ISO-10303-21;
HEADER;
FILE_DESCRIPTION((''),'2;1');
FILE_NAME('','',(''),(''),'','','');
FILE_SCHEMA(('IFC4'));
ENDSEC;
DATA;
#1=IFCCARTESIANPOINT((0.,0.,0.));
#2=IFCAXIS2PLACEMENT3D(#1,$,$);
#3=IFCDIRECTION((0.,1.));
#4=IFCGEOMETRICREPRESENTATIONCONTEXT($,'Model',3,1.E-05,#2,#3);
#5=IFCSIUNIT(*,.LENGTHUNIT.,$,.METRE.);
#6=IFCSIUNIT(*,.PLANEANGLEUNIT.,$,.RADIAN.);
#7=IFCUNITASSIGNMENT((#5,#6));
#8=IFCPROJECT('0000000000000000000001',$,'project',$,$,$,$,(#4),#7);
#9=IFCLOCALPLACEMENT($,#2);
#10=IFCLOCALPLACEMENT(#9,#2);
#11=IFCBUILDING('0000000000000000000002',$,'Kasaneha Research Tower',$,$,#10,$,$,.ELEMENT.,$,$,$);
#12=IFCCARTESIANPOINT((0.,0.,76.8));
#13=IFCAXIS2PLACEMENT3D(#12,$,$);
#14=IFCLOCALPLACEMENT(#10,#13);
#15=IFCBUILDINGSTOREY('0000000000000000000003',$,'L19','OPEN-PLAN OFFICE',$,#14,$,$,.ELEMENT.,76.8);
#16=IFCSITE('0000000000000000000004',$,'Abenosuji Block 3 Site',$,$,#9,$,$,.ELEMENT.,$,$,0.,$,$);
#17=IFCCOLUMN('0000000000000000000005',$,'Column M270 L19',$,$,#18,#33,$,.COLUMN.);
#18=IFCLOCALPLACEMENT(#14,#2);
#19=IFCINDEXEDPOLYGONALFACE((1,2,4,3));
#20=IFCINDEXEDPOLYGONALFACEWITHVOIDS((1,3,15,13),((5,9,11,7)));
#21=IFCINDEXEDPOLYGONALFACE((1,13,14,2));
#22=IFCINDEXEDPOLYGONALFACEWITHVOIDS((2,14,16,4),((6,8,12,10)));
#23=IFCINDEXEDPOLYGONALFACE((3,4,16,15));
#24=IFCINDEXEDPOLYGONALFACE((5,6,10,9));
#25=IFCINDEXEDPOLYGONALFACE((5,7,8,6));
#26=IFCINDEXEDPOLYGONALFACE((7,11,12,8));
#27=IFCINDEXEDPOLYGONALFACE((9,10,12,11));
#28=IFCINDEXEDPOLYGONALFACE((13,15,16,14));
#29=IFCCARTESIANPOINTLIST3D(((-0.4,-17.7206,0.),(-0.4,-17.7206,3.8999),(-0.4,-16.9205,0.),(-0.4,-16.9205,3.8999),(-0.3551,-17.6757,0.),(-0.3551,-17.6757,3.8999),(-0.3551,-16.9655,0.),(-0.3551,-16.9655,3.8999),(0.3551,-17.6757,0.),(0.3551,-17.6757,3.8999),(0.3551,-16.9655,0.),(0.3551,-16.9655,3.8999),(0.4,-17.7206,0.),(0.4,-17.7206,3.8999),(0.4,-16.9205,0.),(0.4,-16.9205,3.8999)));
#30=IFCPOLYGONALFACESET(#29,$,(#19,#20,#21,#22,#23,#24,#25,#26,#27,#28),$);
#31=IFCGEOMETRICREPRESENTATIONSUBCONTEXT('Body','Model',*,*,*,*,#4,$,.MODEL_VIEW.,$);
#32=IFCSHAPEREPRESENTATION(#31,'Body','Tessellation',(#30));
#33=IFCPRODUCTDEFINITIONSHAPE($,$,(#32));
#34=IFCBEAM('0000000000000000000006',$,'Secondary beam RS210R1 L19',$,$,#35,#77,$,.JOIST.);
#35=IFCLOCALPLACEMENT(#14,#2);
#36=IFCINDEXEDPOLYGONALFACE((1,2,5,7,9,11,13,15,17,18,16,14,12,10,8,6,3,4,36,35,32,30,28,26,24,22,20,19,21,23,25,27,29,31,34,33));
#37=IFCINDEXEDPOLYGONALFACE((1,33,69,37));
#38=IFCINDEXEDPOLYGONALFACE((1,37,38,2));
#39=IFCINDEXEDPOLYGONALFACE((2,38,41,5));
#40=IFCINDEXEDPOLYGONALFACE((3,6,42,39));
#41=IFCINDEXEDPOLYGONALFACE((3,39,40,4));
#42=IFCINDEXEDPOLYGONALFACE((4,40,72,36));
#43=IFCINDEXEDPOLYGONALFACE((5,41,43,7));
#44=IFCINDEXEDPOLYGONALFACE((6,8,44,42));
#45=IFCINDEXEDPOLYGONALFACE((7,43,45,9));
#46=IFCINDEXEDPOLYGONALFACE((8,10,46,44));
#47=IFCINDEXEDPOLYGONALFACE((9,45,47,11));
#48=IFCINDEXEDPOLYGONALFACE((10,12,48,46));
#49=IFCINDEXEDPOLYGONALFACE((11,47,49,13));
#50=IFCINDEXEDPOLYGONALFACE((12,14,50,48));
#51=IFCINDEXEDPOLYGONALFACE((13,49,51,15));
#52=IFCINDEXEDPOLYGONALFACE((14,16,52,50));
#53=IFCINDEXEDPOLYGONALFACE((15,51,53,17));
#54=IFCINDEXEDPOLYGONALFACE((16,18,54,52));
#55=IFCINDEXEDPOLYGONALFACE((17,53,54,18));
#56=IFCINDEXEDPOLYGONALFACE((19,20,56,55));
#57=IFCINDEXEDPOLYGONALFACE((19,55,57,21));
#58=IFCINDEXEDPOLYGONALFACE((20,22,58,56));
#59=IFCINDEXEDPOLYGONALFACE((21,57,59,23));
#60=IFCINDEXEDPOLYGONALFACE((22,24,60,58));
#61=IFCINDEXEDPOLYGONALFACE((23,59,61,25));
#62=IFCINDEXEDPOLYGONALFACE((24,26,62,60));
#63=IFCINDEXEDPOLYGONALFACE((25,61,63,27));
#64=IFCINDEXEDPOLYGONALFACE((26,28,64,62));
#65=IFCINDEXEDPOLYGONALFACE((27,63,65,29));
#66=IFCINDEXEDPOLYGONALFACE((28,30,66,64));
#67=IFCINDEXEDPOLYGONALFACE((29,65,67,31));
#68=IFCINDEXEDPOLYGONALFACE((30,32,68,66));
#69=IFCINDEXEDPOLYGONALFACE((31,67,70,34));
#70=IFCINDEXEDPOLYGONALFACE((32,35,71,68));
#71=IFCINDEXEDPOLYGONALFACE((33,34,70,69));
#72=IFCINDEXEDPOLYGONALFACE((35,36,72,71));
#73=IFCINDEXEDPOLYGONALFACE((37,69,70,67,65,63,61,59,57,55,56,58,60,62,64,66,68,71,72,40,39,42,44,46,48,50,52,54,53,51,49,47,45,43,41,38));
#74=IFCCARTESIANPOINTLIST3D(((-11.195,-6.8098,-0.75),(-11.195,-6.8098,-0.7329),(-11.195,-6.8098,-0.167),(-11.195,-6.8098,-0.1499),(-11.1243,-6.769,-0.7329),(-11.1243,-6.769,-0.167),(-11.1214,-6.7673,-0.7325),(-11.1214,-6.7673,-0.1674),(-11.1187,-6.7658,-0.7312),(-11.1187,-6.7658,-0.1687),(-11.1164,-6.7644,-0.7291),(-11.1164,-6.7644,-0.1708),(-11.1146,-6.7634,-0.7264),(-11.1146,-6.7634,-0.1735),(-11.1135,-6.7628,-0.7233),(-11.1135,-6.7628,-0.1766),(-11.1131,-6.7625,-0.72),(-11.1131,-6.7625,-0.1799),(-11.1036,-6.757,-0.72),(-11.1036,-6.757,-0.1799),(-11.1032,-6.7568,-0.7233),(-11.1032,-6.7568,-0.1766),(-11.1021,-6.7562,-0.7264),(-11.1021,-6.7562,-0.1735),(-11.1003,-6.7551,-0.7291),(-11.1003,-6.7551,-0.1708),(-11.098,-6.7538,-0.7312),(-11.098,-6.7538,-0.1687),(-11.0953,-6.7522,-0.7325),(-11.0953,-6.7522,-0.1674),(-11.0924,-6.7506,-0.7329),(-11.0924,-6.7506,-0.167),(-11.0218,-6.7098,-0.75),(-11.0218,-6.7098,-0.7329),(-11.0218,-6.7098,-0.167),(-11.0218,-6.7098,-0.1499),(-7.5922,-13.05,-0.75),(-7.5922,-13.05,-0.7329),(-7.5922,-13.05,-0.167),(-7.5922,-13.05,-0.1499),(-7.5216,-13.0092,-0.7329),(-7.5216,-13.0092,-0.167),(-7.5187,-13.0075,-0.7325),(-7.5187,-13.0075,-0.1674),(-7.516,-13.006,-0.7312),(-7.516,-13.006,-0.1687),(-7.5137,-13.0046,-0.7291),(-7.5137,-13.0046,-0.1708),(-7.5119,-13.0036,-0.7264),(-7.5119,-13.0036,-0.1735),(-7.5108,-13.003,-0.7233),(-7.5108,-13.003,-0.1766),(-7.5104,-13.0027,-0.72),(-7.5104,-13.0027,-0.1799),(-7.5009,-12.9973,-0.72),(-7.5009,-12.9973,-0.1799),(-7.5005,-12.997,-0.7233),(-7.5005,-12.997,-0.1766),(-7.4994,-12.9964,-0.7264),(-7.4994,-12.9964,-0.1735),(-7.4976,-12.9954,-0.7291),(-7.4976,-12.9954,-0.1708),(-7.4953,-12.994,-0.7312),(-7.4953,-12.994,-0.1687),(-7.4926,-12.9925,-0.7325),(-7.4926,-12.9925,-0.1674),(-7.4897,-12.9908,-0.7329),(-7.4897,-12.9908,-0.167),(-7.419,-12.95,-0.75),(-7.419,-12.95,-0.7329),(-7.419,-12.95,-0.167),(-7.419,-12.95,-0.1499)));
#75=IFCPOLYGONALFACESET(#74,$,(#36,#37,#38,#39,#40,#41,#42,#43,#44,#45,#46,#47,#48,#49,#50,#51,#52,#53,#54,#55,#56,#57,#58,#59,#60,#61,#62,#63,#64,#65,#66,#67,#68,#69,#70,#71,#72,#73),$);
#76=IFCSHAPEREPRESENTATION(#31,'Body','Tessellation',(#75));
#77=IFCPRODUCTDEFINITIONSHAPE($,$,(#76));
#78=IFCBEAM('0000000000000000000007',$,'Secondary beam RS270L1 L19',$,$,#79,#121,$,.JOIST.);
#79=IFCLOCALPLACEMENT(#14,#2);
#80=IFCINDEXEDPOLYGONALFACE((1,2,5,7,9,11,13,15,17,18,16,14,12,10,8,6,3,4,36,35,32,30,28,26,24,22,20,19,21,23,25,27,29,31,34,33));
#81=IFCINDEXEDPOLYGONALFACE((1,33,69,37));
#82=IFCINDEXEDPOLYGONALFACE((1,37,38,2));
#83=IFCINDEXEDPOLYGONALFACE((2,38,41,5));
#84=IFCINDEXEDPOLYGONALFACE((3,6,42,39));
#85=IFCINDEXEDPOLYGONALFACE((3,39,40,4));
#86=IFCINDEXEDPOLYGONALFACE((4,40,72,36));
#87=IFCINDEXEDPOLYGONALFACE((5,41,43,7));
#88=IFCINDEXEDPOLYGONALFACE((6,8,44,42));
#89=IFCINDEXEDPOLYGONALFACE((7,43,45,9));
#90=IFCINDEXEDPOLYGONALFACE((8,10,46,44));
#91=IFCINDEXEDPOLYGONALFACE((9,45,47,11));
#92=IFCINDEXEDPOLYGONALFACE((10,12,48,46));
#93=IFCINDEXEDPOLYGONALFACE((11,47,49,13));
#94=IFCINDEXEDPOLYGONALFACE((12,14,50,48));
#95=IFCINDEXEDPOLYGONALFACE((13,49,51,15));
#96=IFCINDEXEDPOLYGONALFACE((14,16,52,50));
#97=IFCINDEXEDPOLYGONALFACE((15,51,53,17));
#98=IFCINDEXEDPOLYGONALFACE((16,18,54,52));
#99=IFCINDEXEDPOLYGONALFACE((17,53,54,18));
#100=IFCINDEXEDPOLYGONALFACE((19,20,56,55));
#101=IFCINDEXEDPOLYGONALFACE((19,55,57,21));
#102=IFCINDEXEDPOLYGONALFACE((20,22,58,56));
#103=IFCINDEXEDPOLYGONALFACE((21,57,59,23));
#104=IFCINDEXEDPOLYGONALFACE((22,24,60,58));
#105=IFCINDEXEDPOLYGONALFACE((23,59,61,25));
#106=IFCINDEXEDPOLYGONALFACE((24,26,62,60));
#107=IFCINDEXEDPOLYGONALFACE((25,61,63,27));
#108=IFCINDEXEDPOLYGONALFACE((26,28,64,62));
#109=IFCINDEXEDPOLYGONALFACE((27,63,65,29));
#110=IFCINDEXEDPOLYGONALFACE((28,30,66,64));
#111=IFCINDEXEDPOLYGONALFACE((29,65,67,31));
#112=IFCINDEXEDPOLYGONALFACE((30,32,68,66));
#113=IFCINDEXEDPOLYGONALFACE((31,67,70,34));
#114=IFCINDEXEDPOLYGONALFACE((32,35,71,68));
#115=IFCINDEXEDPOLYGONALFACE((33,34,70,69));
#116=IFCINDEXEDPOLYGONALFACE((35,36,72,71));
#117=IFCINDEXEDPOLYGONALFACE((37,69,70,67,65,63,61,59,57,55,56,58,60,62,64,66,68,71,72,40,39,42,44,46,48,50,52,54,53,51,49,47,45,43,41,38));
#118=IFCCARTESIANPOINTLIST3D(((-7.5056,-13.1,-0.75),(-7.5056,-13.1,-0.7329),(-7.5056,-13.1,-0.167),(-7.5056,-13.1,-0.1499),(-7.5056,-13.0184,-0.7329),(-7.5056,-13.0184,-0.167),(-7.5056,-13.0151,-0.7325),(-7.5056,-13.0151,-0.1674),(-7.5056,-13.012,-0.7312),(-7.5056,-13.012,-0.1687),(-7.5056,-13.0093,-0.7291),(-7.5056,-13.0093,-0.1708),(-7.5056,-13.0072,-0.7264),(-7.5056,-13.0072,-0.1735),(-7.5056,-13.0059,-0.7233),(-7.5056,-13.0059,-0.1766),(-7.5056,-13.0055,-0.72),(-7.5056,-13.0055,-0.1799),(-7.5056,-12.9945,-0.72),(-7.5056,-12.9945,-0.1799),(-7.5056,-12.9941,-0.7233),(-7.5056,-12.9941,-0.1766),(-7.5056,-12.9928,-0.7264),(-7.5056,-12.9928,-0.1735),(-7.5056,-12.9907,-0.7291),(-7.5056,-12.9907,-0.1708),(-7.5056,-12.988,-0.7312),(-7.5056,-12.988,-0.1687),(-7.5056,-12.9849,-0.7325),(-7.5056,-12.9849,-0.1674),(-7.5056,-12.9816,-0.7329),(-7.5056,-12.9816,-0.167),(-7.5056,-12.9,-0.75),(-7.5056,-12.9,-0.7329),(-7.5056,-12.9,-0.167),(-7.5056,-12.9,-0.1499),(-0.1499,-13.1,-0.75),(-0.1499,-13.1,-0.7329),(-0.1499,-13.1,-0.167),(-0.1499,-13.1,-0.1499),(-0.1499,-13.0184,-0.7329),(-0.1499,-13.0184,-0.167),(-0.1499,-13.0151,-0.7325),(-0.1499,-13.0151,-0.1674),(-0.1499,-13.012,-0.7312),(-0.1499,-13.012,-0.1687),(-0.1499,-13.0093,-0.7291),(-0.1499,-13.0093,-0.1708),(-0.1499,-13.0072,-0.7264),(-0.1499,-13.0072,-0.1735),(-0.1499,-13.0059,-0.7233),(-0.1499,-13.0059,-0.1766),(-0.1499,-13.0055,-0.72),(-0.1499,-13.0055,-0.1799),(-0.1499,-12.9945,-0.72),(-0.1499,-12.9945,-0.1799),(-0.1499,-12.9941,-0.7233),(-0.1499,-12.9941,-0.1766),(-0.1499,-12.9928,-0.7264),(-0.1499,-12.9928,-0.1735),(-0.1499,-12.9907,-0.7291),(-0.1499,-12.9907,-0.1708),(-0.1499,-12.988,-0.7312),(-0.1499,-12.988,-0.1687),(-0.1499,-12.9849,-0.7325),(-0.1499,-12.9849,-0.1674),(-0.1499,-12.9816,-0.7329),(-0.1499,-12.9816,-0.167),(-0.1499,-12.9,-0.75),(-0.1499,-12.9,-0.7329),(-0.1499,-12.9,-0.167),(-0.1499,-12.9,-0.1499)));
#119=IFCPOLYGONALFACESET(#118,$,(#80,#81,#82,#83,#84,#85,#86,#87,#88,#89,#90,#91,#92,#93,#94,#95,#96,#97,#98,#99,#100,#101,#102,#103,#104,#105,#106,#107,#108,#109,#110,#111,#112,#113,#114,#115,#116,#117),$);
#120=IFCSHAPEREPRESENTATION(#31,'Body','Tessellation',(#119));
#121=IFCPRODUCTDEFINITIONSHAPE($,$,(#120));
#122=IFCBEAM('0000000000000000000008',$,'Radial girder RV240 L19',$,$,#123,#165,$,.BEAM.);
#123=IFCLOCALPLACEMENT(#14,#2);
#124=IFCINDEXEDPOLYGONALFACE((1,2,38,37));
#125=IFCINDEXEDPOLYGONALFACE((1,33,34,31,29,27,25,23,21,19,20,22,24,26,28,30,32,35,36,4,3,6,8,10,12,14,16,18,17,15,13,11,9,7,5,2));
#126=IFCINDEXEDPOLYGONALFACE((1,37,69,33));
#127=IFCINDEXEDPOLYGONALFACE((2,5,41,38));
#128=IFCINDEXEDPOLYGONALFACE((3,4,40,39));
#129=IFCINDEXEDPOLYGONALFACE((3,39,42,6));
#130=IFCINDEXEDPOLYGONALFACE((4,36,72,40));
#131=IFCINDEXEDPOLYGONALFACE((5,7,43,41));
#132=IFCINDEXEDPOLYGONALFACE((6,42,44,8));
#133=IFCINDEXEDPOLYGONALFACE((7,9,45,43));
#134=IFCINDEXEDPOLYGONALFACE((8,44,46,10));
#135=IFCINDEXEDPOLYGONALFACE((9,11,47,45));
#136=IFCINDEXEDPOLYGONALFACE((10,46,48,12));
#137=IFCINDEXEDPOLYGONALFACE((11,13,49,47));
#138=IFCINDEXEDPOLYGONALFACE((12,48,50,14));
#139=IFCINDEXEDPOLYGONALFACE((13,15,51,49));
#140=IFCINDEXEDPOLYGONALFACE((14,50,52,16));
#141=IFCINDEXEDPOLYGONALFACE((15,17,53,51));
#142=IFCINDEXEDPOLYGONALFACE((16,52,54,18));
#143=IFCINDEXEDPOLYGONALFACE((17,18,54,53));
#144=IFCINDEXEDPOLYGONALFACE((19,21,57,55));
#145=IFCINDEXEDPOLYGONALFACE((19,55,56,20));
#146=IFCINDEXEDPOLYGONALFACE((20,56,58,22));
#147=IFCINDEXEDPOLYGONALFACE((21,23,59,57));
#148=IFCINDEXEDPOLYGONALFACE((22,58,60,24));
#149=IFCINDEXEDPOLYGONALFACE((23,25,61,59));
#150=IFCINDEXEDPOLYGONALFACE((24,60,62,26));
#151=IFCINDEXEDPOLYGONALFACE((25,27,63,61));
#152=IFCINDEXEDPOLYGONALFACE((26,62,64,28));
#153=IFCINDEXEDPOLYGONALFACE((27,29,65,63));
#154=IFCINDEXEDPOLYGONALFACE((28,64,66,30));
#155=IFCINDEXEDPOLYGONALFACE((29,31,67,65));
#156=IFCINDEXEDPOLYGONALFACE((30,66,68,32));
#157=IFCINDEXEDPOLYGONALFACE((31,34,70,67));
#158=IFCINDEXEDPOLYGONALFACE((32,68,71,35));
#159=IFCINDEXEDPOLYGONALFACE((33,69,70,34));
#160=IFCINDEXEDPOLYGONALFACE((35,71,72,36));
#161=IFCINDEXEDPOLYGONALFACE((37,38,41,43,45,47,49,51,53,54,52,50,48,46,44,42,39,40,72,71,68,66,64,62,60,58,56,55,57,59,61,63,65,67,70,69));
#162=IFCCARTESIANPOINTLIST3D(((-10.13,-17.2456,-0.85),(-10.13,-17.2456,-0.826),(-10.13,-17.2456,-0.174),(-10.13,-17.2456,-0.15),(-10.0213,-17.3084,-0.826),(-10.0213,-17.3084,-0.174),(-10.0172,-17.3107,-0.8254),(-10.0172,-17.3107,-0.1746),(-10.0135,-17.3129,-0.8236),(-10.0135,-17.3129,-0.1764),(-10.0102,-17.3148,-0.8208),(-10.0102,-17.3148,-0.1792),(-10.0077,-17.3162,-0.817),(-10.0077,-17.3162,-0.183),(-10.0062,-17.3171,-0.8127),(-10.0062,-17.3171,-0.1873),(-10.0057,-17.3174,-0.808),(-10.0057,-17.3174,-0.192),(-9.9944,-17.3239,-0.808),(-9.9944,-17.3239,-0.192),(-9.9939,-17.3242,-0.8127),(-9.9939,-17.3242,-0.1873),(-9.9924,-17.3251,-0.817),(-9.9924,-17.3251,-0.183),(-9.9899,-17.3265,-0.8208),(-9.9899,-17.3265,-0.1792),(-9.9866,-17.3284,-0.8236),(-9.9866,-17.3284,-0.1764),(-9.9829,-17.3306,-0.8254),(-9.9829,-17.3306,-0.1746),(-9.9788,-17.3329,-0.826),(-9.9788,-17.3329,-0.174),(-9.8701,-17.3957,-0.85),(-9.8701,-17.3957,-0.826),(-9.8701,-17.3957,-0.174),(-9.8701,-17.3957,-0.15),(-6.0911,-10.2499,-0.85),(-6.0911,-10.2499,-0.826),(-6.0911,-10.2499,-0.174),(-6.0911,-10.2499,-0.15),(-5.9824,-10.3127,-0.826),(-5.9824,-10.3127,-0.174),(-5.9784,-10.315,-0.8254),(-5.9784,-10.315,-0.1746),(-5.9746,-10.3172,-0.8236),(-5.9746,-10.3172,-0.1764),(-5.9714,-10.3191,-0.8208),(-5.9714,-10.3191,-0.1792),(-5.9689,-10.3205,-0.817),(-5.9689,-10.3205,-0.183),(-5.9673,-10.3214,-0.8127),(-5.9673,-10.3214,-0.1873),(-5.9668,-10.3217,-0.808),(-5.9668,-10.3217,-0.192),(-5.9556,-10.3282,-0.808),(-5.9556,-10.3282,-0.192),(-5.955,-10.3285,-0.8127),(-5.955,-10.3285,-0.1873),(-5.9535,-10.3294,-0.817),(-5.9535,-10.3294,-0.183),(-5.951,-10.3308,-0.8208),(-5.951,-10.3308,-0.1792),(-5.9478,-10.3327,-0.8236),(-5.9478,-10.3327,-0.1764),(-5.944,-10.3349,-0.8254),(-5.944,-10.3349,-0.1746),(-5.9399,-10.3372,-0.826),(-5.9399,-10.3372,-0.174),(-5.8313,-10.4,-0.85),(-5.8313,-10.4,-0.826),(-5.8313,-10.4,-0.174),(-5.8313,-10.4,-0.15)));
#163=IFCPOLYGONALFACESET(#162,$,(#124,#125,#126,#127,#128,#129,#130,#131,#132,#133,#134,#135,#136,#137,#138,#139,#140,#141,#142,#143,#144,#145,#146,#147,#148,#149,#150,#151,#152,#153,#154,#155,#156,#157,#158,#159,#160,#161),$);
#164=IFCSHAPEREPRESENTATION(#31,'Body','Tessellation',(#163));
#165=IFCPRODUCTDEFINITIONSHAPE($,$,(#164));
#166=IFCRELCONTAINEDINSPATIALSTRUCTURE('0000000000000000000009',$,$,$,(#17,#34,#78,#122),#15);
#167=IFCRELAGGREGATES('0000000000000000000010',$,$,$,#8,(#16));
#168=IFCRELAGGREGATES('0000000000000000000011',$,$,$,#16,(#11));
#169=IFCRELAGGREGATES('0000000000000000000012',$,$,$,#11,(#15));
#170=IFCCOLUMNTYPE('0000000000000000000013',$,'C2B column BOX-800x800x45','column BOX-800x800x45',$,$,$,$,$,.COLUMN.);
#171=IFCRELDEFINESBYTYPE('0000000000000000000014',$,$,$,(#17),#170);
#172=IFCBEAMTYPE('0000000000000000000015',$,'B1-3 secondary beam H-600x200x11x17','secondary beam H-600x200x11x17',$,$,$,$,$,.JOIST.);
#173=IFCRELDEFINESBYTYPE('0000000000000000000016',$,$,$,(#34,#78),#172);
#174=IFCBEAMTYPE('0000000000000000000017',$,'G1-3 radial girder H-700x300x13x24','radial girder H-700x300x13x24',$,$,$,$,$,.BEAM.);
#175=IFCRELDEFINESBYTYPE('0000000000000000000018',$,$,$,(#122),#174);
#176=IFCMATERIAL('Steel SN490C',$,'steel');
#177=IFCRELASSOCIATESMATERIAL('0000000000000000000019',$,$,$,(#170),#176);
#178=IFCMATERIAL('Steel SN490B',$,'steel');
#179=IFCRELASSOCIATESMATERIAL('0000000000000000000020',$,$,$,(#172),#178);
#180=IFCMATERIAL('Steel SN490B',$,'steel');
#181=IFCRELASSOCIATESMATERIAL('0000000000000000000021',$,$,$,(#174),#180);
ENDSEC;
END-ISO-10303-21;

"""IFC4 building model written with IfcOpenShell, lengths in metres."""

from ifc_helpers import new_model, si_unit, direction, frame, origin, origin_2d, place, context, subcontext, project, spatial, hollow_rectangle, i_section, extrude, material, material_profile, profile_set, type_object, element, save


model = new_model("IFC4")

# Units and contexts
model_context = context("Model", 3, precision=1e-05, world=origin(), true_north=direction((0.0, 1.0)))
body_context = subcontext(model_context, "Body", "Model", "MODEL_VIEW")
ifc_project = project(units=[si_unit("LENGTHUNIT", "METRE"), si_unit("PLANEANGLEUNIT", "RADIAN")], contexts=[model_context])

# Site, building, storey
site_placement = place(None, origin())
site = spatial("IfcSite", under=ifc_project, at=site_placement, Name="Abenosuji Block 3 Site", CompositionType="ELEMENT", RefElevation=0.0)
building_placement = place(site_placement, origin())
building = spatial("IfcBuilding", under=site, at=building_placement, Name="Kasaneha Research Tower", CompositionType="ELEMENT")
storey_placement = place(building_placement, frame((0.0, 0.0, 76.8)))
storey = spatial("IfcBuildingStorey", under=building, at=storey_placement, Name="L19", Description="OPEN-PLAN OFFICE", CompositionType="ELEMENT", Elevation=76.8)

# Column
ifc_material_1 = material(Name="Steel SN490C", Category="steel")
ifc_material_profile_1 = material_profile(ifc_material_1, hollow_rectangle(XDim=0.8, YDim=0.8, WallThickness=0.0449, at=origin_2d()), Name="BOX-800x800x45")
ifc_profile_set_1 = profile_set([ifc_material_profile_1], Name="Steel SN490C")
column_type = type_object("IfcColumnType", Name="C2B column BOX-800x800x45", Description="column BOX-800x800x45", PredefinedType="COLUMN", material=ifc_profile_set_1)
column_placement = place(storey_placement, frame((0.0, -17.3206, 0.0), z_axis=(0.0, 0.0, 1.0), x_axis=(1.0, 0.0, 0.0)))
element("IfcColumn", 1, at=column_placement, inside=storey, type_object=column_type, Name="Column M270 L19", PredefinedType="COLUMN", context=body_context, shape_type="SweptSolid", body=[
    extrude(hollow_rectangle(XDim=0.8, YDim=0.8, WallThickness=0.0449, at=origin_2d()), origin(), (0.0, 0.0, 1.0), 3.8999),
])

# Beams
ifc_material_2 = material(Name="Steel SN490B", Category="steel")
ifc_material_profile_2 = material_profile(ifc_material_2, i_section(OverallWidth=0.2, OverallDepth=0.6001, WebThickness=0.011, FlangeThickness=0.0171, FilletRadius=0.0129, at=origin_2d()), Name="H-600x200x11x17")
ifc_profile_set_2 = profile_set([ifc_material_profile_2], Name="Steel SN490B")
beam_type_1 = type_object("IfcBeamType", Name="B1-3 secondary beam H-600x200x11x17", Description="secondary beam H-600x200x11x17", PredefinedType="JOIST", material=ifc_profile_set_2)
beam_1_placement = place(storey_placement, frame((-7.5056, -13.0, -0.45), z_axis=(-0.499998, 0.866026, 0.0), x_axis=(-0.866026, -0.499998, 0.0)))
element("IfcBeam", 2, at=beam_1_placement, inside=storey, type_object=beam_type_1, Name="Secondary beam RS210R1 L19", PredefinedType="JOIST", context=body_context, shape_type="SweptSolid", body=[
    extrude(i_section(OverallWidth=0.2, OverallDepth=0.6001, WebThickness=0.011, FlangeThickness=0.0171, FilletRadius=0.0129, at=origin_2d()), origin(), (0.0, 0.0, 1.0), 7.2056),
])
beam_2_placement = place(storey_placement, frame((-7.5056, -13.0, -0.45), z_axis=(1.0, 0.0, 0.0), x_axis=(0.0, 1.0, 0.0)))
element("IfcBeam", 3, at=beam_2_placement, inside=storey, type_object=beam_type_1, Name="Secondary beam RS270L1 L19", PredefinedType="JOIST", context=body_context, shape_type="SweptSolid", body=[
    extrude(i_section(OverallWidth=0.2, OverallDepth=0.6001, WebThickness=0.011, FlangeThickness=0.0171, FilletRadius=0.0129, at=origin_2d()), origin(), (0.0, 0.0, 1.0), 7.3557),
])
ifc_material_3 = material(Name="Steel SN490B", Category="steel")
ifc_material_profile_3 = material_profile(ifc_material_3, i_section(OverallWidth=0.3, OverallDepth=0.7, WebThickness=0.0129, FlangeThickness=0.0239, FilletRadius=0.0181, at=origin_2d()), Name="H-700x300x13x24")
ifc_profile_set_3 = profile_set([ifc_material_profile_3], Name="Steel SN490B")
beam_type_2 = type_object("IfcBeamType", Name="G1-3 radial girder H-700x300x13x24", Description="radial girder H-700x300x13x24", PredefinedType="BEAM", material=ifc_profile_set_3)
beam_3_placement = place(storey_placement, frame((-5.9612, -10.325, -0.5), z_axis=(-0.499991, -0.866031, 0.0), x_axis=(0.866031, -0.499991, 0.0)))
element("IfcBeam", 4, at=beam_3_placement, inside=storey, type_object=beam_type_2, Name="Radial girder RV240 L19", PredefinedType="BEAM", context=body_context, shape_type="SweptSolid", body=[
    extrude(i_section(OverallWidth=0.3, OverallDepth=0.7, WebThickness=0.0129, FlangeThickness=0.0239, FilletRadius=0.0181, at=origin_2d()), origin(), (0.0, 0.0, 1.0), 8.0779),
])

save(model, "model.ifc")
